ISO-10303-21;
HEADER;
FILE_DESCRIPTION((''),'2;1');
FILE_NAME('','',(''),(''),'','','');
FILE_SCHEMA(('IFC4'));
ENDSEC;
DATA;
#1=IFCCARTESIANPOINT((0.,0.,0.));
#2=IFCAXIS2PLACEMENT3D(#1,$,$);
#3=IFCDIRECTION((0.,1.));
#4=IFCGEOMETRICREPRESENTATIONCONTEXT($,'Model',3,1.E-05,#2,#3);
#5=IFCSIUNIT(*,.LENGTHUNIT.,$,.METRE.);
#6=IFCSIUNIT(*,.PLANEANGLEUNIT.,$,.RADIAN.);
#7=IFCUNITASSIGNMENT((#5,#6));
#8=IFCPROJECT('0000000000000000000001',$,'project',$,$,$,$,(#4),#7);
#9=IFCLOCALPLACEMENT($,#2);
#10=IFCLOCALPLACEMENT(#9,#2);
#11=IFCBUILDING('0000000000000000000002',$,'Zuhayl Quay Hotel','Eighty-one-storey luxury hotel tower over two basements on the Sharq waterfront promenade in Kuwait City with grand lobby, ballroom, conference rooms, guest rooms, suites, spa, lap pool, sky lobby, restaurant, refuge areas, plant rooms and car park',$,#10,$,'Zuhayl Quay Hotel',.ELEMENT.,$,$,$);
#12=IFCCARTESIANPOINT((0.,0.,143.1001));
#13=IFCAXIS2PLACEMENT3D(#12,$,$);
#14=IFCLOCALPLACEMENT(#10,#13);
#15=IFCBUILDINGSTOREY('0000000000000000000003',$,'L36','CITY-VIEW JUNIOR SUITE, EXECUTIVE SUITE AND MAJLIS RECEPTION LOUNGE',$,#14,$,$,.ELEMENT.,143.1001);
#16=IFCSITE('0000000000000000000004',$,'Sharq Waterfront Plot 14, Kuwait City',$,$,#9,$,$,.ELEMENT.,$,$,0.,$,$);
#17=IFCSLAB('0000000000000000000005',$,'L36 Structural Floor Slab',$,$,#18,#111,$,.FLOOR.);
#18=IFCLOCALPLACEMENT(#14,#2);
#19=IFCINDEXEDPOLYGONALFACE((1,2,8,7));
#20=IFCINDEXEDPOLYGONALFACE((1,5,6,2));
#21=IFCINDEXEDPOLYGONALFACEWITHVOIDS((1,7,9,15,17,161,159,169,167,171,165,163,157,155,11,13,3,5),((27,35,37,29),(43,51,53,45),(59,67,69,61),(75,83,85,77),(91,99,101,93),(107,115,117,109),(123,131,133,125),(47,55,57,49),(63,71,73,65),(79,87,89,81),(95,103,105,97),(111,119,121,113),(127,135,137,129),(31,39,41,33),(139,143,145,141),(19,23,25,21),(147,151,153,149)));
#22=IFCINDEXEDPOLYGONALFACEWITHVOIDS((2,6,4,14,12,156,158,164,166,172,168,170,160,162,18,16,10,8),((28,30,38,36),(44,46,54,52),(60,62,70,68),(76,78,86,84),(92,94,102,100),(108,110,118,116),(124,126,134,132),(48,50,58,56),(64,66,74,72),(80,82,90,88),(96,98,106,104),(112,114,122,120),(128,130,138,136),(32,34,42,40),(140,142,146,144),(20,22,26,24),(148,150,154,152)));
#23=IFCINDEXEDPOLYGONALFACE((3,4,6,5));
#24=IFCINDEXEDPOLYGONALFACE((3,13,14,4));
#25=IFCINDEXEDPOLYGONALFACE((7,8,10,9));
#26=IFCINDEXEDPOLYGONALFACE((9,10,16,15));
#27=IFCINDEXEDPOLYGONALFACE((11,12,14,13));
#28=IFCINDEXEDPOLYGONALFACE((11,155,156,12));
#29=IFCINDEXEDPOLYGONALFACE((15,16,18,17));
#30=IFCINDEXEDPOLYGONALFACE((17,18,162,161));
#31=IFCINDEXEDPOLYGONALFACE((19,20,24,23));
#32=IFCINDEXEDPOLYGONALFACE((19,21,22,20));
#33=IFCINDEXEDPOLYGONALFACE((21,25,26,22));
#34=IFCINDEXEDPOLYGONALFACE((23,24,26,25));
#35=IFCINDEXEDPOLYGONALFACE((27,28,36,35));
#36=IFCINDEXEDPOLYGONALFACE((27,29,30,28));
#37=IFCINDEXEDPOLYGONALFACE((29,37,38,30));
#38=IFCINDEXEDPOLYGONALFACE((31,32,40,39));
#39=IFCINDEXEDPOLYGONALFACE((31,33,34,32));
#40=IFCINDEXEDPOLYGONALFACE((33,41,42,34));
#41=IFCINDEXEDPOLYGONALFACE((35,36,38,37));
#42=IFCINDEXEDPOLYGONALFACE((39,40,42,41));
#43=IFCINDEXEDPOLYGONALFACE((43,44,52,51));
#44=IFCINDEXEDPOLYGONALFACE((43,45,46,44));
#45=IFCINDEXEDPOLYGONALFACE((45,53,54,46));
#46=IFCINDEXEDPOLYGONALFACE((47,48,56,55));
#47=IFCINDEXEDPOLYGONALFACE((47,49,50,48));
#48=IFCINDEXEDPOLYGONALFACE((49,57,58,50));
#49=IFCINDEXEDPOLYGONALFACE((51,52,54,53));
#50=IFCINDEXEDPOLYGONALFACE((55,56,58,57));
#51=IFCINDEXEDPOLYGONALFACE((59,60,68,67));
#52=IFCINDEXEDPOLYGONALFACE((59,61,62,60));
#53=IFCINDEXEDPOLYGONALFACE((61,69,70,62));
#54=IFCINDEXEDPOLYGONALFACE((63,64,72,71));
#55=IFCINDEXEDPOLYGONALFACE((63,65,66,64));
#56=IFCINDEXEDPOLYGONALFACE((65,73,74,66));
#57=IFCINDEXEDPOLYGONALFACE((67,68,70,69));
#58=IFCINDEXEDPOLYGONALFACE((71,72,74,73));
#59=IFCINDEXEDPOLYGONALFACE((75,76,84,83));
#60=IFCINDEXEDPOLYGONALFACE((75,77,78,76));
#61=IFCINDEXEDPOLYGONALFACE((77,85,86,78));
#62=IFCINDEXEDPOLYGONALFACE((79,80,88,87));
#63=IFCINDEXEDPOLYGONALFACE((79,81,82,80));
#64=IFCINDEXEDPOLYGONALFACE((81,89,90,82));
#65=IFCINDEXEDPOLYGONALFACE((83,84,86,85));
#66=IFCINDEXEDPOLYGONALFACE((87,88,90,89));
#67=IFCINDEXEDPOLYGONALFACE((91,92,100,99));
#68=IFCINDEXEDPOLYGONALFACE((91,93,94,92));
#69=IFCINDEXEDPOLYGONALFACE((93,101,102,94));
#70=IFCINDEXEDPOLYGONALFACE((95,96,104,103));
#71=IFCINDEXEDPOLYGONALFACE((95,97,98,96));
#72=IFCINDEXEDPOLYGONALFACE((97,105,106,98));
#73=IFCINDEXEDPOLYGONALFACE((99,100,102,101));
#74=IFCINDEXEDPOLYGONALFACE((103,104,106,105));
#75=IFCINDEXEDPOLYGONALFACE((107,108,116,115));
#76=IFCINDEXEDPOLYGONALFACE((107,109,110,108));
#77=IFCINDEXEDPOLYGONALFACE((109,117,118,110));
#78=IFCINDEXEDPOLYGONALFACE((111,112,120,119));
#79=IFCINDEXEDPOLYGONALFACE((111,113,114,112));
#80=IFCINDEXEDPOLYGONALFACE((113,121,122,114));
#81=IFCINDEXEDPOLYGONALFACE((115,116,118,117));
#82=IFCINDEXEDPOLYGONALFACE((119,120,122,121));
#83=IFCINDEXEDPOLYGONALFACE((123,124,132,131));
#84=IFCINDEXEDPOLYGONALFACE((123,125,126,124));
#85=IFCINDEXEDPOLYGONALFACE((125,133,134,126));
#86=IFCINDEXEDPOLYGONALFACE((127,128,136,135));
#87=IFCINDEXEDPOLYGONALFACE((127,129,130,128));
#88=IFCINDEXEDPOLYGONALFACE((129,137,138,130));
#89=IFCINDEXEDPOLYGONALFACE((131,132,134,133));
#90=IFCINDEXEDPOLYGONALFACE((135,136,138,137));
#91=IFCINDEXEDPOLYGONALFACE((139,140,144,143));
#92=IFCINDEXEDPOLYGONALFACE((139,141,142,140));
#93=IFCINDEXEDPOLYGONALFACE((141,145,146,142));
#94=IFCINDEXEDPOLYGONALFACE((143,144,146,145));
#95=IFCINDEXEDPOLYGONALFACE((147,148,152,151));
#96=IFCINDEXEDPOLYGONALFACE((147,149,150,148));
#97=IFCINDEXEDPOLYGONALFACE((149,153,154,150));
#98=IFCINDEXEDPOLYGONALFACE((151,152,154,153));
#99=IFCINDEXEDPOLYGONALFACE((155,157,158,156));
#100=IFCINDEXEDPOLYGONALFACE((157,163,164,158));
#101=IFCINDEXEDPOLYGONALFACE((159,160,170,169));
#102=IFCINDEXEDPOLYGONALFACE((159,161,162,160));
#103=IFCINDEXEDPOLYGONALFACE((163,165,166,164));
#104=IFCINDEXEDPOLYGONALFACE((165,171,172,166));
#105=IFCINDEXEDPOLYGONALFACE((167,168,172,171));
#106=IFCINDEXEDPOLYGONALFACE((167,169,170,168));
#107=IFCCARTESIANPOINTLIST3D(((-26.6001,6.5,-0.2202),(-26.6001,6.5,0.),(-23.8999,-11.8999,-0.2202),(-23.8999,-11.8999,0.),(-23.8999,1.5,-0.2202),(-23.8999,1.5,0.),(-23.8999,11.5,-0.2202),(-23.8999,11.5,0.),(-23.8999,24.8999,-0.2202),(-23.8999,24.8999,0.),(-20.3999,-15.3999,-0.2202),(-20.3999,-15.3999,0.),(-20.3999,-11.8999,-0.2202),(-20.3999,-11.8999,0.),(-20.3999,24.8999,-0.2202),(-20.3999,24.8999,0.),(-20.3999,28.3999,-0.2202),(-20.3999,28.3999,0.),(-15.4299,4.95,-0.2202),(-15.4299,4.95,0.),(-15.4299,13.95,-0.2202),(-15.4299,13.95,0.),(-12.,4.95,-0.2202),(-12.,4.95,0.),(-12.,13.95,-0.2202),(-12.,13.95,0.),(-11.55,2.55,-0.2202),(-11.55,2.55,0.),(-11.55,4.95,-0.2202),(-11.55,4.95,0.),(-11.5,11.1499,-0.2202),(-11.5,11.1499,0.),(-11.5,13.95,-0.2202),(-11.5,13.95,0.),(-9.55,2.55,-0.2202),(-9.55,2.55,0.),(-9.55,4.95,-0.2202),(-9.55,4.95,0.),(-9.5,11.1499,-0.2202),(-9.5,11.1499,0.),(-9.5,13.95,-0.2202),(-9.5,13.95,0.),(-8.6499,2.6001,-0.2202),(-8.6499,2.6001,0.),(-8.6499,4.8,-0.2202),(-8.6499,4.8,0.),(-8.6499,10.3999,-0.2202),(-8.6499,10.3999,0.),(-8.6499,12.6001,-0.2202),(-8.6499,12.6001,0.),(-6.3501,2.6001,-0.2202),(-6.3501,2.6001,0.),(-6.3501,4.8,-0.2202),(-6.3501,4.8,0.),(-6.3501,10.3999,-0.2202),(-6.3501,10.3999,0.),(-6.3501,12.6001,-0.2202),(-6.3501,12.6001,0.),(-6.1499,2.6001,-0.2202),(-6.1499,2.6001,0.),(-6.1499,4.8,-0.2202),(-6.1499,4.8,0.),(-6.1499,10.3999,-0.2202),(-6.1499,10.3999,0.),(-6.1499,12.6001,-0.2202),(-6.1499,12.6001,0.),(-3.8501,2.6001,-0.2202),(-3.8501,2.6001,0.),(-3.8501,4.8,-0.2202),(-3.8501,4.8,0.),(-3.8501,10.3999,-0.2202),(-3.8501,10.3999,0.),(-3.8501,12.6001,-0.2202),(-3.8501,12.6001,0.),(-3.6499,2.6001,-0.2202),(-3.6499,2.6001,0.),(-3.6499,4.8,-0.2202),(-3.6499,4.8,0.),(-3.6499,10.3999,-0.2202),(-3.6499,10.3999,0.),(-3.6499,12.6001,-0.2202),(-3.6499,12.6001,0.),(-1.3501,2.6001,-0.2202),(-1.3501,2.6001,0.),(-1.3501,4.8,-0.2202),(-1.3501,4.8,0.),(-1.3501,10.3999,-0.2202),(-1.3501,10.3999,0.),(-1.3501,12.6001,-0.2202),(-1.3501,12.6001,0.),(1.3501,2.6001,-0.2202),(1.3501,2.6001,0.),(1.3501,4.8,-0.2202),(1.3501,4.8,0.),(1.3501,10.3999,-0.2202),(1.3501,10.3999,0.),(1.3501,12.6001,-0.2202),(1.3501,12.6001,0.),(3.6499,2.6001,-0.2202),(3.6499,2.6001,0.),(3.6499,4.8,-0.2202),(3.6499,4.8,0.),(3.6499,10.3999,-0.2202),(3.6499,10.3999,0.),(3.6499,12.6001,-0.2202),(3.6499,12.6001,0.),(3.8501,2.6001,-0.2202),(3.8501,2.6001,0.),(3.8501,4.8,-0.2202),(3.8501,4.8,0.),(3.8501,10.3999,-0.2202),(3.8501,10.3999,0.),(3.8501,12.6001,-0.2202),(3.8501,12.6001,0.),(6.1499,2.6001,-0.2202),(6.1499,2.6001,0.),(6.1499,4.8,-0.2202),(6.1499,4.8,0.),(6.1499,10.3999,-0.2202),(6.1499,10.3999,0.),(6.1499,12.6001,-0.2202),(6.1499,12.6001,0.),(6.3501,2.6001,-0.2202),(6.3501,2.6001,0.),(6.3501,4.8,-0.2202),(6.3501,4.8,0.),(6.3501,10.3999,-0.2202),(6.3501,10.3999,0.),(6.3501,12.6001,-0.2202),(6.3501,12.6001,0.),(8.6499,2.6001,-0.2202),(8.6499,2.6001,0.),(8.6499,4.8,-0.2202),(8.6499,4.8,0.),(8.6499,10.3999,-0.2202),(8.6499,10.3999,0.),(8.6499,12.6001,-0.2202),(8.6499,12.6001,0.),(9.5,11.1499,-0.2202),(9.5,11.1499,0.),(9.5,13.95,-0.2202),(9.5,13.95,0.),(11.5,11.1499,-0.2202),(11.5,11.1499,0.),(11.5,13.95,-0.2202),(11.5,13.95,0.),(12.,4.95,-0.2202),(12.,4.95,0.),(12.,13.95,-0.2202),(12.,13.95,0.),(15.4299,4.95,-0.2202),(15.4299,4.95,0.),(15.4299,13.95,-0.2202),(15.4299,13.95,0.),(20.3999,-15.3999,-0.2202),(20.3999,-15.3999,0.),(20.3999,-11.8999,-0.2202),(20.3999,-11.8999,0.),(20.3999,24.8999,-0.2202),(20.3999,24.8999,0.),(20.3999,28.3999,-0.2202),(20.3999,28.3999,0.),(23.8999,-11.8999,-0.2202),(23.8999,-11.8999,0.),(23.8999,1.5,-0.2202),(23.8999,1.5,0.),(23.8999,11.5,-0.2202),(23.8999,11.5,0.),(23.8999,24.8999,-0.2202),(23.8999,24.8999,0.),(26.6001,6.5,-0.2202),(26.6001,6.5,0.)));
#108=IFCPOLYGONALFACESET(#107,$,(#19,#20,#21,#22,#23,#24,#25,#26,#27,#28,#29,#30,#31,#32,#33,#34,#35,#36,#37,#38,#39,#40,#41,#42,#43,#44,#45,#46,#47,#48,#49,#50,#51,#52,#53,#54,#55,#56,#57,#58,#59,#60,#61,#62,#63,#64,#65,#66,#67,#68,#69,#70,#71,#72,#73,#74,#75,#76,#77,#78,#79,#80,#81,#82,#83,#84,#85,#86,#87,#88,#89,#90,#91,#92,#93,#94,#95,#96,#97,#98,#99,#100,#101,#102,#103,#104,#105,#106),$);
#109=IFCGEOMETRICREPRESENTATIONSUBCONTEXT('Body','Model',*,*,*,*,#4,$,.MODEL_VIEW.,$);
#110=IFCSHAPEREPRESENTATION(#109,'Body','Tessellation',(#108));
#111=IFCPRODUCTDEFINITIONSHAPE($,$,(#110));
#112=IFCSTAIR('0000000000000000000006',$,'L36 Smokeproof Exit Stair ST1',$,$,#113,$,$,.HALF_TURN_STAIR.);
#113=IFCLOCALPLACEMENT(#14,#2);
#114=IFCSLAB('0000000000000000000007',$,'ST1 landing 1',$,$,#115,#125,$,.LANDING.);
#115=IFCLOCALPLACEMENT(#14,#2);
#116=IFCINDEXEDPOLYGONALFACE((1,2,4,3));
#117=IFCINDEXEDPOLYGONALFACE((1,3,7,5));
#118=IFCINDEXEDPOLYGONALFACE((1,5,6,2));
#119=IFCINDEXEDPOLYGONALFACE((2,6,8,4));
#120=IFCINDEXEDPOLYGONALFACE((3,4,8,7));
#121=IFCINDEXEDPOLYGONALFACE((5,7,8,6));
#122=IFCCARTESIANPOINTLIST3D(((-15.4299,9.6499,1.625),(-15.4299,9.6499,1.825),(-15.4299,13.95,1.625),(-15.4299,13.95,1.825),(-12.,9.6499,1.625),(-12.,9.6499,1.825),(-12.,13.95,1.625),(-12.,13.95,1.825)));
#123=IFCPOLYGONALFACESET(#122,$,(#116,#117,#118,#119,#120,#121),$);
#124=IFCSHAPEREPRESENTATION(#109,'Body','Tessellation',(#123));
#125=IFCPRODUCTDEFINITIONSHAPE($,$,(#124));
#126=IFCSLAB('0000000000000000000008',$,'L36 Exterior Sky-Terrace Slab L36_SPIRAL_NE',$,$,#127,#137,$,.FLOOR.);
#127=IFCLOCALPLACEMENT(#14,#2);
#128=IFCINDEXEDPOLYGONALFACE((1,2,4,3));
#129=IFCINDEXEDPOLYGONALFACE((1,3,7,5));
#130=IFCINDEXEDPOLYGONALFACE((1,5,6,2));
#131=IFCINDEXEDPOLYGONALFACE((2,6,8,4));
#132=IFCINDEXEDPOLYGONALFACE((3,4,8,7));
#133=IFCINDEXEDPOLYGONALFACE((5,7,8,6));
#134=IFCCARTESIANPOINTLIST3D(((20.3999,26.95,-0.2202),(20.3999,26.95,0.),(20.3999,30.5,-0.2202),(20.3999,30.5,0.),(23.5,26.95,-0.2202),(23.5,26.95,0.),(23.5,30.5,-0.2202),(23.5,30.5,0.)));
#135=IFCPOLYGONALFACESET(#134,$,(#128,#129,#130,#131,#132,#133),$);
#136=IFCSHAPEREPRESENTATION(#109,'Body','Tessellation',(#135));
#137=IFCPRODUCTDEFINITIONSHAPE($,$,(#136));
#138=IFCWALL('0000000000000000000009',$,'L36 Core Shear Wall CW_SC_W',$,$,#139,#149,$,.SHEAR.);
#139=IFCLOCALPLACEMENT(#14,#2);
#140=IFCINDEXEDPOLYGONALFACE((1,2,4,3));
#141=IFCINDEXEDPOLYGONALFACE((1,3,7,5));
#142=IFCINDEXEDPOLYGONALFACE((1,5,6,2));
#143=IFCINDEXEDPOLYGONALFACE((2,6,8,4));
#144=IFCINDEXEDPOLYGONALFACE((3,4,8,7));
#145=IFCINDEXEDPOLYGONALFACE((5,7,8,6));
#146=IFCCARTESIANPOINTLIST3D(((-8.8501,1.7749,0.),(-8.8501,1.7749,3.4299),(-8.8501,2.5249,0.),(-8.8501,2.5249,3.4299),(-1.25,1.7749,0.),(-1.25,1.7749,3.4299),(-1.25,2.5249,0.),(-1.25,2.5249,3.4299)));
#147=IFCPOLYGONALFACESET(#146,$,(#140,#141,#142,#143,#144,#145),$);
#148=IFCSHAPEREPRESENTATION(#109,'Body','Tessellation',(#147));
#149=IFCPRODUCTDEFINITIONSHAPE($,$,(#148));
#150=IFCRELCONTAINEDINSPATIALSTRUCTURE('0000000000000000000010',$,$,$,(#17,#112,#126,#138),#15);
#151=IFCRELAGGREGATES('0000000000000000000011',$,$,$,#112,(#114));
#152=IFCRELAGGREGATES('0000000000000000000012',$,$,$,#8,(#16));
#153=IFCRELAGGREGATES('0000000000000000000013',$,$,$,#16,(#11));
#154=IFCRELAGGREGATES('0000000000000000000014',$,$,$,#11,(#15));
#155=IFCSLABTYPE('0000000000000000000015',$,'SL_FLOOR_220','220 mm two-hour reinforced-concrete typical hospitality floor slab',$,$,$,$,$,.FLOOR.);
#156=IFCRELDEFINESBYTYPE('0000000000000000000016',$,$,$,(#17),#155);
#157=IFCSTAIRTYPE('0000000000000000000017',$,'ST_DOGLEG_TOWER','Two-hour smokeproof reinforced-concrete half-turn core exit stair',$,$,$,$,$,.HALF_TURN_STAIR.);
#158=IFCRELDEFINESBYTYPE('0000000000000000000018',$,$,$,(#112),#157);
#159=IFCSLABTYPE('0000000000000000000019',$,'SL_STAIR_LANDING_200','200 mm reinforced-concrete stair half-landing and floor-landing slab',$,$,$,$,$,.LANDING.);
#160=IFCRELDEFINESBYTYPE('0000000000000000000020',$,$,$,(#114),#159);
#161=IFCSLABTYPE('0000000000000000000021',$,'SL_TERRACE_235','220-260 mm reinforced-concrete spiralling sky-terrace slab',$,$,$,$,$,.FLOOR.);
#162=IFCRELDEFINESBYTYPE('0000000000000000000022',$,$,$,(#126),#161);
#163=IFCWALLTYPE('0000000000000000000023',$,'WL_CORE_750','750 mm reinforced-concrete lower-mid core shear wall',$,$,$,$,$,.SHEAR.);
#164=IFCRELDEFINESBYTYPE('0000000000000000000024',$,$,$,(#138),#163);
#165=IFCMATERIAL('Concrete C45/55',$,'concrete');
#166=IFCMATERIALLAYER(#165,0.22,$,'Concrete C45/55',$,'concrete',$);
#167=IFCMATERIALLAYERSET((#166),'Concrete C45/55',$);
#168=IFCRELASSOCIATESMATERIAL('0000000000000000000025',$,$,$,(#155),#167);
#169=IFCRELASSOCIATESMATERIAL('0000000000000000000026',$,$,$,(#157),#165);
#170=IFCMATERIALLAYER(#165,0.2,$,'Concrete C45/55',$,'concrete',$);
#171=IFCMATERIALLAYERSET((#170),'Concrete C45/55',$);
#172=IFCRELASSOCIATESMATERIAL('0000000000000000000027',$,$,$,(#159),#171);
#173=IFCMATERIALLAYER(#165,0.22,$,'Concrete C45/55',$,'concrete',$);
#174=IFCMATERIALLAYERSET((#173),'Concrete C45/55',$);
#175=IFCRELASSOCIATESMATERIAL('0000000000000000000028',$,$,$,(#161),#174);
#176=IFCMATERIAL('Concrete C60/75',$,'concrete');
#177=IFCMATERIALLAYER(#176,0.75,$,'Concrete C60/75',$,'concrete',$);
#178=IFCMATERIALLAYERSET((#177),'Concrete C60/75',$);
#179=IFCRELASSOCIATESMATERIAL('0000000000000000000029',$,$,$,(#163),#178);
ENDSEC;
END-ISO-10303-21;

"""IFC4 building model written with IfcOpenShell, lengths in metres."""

from ifc_helpers import new_model, si_unit, direction, frame, frame_2d, origin, place, context, subcontext, project, spatial, polyline, rectangle, outline, extrude, material, layer, layer_set, type_object, element, aggregate, save


model = new_model("IFC4")

# Units and contexts
model_context = context("Model", 3, precision=1e-05, world=origin(), true_north=direction((0.0, 1.0)))
body_context = subcontext(model_context, "Body", "Model", "MODEL_VIEW")
ifc_project = project(units=[si_unit("LENGTHUNIT", "METRE"), si_unit("PLANEANGLEUNIT", "RADIAN")], contexts=[model_context])

# Site, building, storey
site_placement = place(None, origin())
site = spatial("IfcSite", under=ifc_project, at=site_placement, Name="Sharq Waterfront Plot 14, Kuwait City", CompositionType="ELEMENT", RefElevation=0.0)
building_placement = place(site_placement, origin())
building = spatial("IfcBuilding", under=site, at=building_placement, Name="Zuhayl Quay Hotel", Description="Eighty-one-storey luxury hotel tower over two basements on the Sharq waterfront promenade in Kuwait City with grand lobby, ballroom, conference rooms, guest rooms, suites, spa, lap pool, sky lobby, restaurant, refuge areas, plant rooms and car park", LongName="Zuhayl Quay Hotel", CompositionType="ELEMENT")
storey_placement = place(building_placement, frame((0.0, 0.0, 143.1001)))
storey = spatial("IfcBuildingStorey", under=building, at=storey_placement, Name="L36", Description="CITY-VIEW JUNIOR SUITE, EXECUTIVE SUITE AND MAJLIS RECEPTION LOUNGE", CompositionType="ELEMENT", Elevation=143.1001)

# Shared definitions
ifc_material_1 = material(Name="Concrete C60/75", Category="concrete")

# Slab
ifc_material_2 = material(Name="Concrete C45/55", Category="concrete")
ifc_layer_1 = layer(ifc_material_2, 0.22, Name="Concrete C45/55", Category="concrete")
ifc_layer_set_1 = layer_set([ifc_layer_1], Name="Concrete C45/55")
slab_type_1 = type_object("IfcSlabType", Name="SL_FLOOR_220", Description="220 mm two-hour reinforced-concrete typical hospitality floor slab", PredefinedType="FLOOR", material=ifc_layer_set_1)
slab_1_placement = place(storey_placement, frame((0.0, 0.0, -0.2202)))
element("IfcSlab", 1, at=slab_1_placement, inside=storey, type_object=slab_type_1, Name="L36 Structural Floor Slab", PredefinedType="FLOOR", context=body_context, shape_type="SweptSolid", body=[
    extrude(outline(polyline([(-20.3999, -15.3999), (20.3999, -15.3999), (20.3999, -11.8999), (23.8999, -11.8999), (23.8999, 1.5), (26.6001, 6.5), (23.8999, 11.5), (23.8999, 24.8999), (20.3999, 24.8999), (20.3999, 28.3999), (-20.3999, 28.3999), (-20.3999, 24.8999), (-23.8999, 24.8999), (-23.8999, 11.5), (-26.6001, 6.5), (-23.8999, 1.5), (-23.8999, -11.8999), (-20.3999, -11.8999), (-20.3999, -15.3999)]), holes=[polyline([(-12.0, 4.95), (-12.0, 13.95), (-15.4299, 13.95), (-15.4299, 4.95), (-12.0, 4.95)]), polyline([(15.4299, 4.95), (15.4299, 13.95), (12.0, 13.95), (12.0, 4.95), (15.4299, 4.95)]), polyline([(-11.5, 11.1499), (-9.5, 11.1499), (-9.5, 13.95), (-11.5, 13.95), (-11.5, 11.1499)]), polyline([(9.5, 11.1499), (11.5, 11.1499), (11.5, 13.95), (9.5, 13.95), (9.5, 11.1499)]), polyline([(-8.6499, 2.6001), (-6.3501, 2.6001), (-6.3501, 4.8), (-8.6499, 4.8), (-8.6499, 2.6001)]), polyline([(-6.1499, 2.6001), (-3.8501, 2.6001), (-3.8501, 4.8), (-6.1499, 4.8), (-6.1499, 2.6001)]), polyline([(-8.6499, 10.3999), (-6.3501, 10.3999), (-6.3501, 12.6001), (-8.6499, 12.6001), (-8.6499, 10.3999)]), polyline([(-6.1499, 10.3999), (-3.8501, 10.3999), (-3.8501, 12.6001), (-6.1499, 12.6001), (-6.1499, 10.3999)]), polyline([(-3.6499, 2.6001), (-1.3501, 2.6001), (-1.3501, 4.8), (-3.6499, 4.8), (-3.6499, 2.6001)]), polyline([(1.3501, 2.6001), (3.6499, 2.6001), (3.6499, 4.8), (1.3501, 4.8), (1.3501, 2.6001)]), polyline([(-3.6499, 10.3999), (-1.3501, 10.3999), (-1.3501, 12.6001), (-3.6499, 12.6001), (-3.6499, 10.3999)]), polyline([(1.3501, 10.3999), (3.6499, 10.3999), (3.6499, 12.6001), (1.3501, 12.6001), (1.3501, 10.3999)]), polyline([(3.8501, 2.6001), (6.1499, 2.6001), (6.1499, 4.8), (3.8501, 4.8), (3.8501, 2.6001)]), polyline([(6.3501, 2.6001), (8.6499, 2.6001), (8.6499, 4.8), (6.3501, 4.8), (6.3501, 2.6001)]), polyline([(3.8501, 10.3999), (6.1499, 10.3999), (6.1499, 12.6001), (3.8501, 12.6001), (3.8501, 10.3999)]), polyline([(6.3501, 10.3999), (8.6499, 10.3999), (8.6499, 12.6001), (6.3501, 12.6001), (6.3501, 10.3999)]), polyline([(-11.55, 2.55), (-9.55, 2.55), (-9.55, 4.95), (-11.55, 4.95), (-11.55, 2.55)])]), origin(), (0.0, 0.0, 1.0), 0.2202),
])

# Stair, slab
stair_type = type_object("IfcStairType", Name="ST_DOGLEG_TOWER", Description="Two-hour smokeproof reinforced-concrete half-turn core exit stair", PredefinedType="HALF_TURN_STAIR", material=ifc_material_2)
stair_placement = place(storey_placement, origin())
stair = element("IfcStair", 2, at=stair_placement, inside=storey, type_object=stair_type, Name="L36 Smokeproof Exit Stair ST1", PredefinedType="HALF_TURN_STAIR")
ifc_layer_2 = layer(ifc_material_2, 0.2, Name="Concrete C45/55", Category="concrete")
ifc_layer_set_2 = layer_set([ifc_layer_2], Name="Concrete C45/55")
slab_type_2 = type_object("IfcSlabType", Name="SL_STAIR_LANDING_200", Description="200 mm reinforced-concrete stair half-landing and floor-landing slab", PredefinedType="LANDING", material=ifc_layer_set_2)
slab_2_placement = place(storey_placement, frame((0.0, 0.0, 1.625)))
slab_2 = element("IfcSlab", 3, at=slab_2_placement, type_object=slab_type_2, Name="ST1 landing 1", PredefinedType="LANDING", context=body_context, shape_type="SweptSolid", body=[
    extrude(outline(polyline([(-12.0, 9.6499), (-12.0, 13.95), (-15.4299, 13.95), (-15.4299, 9.6499), (-12.0, 9.6499)])), origin(), (0.0, 0.0, 1.0), 0.2),
])
aggregate(stair, [slab_2])

# Slab
ifc_layer_3 = layer(ifc_material_2, 0.22, Name="Concrete C45/55", Category="concrete")
ifc_layer_set_3 = layer_set([ifc_layer_3], Name="Concrete C45/55")
slab_type_3 = type_object("IfcSlabType", Name="SL_TERRACE_235", Description="220-260 mm reinforced-concrete spiralling sky-terrace slab", PredefinedType="FLOOR", material=ifc_layer_set_3)
slab_3_placement = place(storey_placement, frame((0.0, 0.0, -0.2202)))
element("IfcSlab", 4, at=slab_3_placement, inside=storey, type_object=slab_type_3, Name="L36 Exterior Sky-Terrace Slab L36_SPIRAL_NE", PredefinedType="FLOOR", context=body_context, shape_type="SweptSolid", body=[
    extrude(outline(polyline([(20.3999, 26.95), (23.5, 26.95), (23.5, 30.5), (20.3999, 30.5), (20.3999, 26.95)])), origin(), (0.0, 0.0, 1.0), 0.2202),
])

# Wall
ifc_layer_4 = layer(ifc_material_1, 0.75, Name="Concrete C60/75", Category="concrete")
ifc_layer_set_4 = layer_set([ifc_layer_4], Name="Concrete C60/75")
wall_type_1 = type_object("IfcWallType", Name="WL_CORE_750", Description="750 mm reinforced-concrete lower-mid core shear wall", PredefinedType="SHEAR", material=ifc_layer_set_4)
wall_1_placement = place(storey_placement, frame((-8.8501, 2.1499, 0.0), z_axis=(0.0, 0.0, 1.0), x_axis=(1.0, 0.0, 0.0)))
element("IfcWall", 5, at=wall_1_placement, inside=storey, type_object=wall_type_1, Name="L36 Core Shear Wall CW_SC_W", PredefinedType="SHEAR", context=body_context, shape_type="SweptSolid", body=[
    extrude(rectangle(XDim=7.6001, YDim=0.75, at=frame_2d((3.8, 0.0))), origin(), (0.0, 0.0, 1.0), 3.4299),
])

save(model, "model.ifc")
